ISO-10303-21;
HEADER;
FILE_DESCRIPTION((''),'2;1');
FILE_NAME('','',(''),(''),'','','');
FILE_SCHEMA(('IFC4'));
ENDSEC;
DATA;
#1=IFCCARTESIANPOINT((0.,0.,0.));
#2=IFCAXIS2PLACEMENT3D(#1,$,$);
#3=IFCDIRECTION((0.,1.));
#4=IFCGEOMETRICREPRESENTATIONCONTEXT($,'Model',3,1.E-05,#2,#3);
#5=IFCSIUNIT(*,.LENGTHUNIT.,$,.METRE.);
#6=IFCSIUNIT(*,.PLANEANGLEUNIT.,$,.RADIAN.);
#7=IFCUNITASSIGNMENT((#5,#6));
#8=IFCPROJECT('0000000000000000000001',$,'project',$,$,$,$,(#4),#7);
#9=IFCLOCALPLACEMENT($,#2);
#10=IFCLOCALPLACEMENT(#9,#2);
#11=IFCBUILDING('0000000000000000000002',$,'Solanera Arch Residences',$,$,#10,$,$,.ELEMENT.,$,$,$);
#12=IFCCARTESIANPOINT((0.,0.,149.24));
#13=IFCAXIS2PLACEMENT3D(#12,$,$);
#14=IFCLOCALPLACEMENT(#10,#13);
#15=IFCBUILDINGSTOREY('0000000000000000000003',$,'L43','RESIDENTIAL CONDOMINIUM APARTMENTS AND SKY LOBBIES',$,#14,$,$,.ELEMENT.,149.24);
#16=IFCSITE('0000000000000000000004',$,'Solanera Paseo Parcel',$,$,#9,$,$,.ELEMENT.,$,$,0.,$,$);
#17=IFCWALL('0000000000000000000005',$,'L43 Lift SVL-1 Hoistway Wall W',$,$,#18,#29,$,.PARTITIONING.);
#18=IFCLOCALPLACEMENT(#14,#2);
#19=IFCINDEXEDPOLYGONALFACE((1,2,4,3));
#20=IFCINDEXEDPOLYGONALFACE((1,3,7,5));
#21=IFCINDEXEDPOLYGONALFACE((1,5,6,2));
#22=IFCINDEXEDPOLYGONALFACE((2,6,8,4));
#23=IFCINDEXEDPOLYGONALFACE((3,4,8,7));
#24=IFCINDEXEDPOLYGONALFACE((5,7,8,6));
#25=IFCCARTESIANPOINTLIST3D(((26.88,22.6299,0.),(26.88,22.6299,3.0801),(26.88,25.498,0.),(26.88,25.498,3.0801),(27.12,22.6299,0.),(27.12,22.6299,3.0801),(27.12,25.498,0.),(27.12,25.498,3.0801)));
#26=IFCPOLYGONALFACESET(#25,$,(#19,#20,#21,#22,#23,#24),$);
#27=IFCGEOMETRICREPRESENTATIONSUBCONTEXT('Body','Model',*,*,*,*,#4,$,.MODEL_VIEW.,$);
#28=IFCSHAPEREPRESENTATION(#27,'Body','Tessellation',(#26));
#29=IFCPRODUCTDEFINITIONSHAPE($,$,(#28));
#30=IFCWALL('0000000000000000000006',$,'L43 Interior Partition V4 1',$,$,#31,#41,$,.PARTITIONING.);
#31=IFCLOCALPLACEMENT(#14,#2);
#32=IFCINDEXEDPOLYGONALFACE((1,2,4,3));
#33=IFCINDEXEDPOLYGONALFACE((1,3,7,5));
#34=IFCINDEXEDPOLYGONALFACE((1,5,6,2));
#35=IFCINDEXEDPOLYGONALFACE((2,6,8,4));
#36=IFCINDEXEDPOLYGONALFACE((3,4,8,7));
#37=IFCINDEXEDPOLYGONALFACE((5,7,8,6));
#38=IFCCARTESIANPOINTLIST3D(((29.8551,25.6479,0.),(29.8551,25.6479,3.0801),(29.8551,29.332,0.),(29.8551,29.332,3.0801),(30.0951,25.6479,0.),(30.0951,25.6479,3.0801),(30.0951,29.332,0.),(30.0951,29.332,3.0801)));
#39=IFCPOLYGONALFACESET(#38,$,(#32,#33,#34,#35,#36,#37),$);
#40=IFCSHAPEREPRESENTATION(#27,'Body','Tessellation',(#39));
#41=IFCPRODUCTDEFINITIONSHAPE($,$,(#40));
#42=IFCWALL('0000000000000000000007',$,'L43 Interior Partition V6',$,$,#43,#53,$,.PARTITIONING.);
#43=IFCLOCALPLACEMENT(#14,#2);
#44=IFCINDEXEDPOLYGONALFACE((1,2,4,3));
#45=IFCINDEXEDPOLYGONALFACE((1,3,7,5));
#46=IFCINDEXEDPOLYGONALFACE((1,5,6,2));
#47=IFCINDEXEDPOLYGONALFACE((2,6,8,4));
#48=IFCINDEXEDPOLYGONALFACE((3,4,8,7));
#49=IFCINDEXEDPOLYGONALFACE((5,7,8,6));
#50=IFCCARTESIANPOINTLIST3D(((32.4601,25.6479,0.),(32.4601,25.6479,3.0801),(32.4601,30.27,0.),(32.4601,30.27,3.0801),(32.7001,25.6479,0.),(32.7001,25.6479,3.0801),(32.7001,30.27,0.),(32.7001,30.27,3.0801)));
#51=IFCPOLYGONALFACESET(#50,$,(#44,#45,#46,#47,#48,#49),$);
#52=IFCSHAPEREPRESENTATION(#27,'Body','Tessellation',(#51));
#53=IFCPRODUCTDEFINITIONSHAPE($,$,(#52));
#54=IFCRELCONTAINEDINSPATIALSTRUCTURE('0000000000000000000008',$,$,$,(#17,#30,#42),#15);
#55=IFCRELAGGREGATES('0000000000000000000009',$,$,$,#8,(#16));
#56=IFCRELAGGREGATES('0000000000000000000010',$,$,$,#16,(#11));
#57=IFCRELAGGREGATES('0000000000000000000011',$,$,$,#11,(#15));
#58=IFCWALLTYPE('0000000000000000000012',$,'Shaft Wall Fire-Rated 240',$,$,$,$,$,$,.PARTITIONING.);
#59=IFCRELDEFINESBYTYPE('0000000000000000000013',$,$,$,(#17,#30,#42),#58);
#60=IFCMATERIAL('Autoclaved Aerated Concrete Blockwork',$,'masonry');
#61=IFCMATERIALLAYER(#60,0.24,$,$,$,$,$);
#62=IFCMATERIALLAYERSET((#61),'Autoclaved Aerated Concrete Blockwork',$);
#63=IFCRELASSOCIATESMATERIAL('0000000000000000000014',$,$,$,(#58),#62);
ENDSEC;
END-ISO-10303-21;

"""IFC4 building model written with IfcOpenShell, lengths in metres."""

from ifc_helpers import new_model, si_unit, direction, frame, frame_2d, origin, place, context, subcontext, project, spatial, rectangle, extrude, material, layer, layer_set, type_object, element, save


model = new_model("IFC4")

# Units and contexts
model_context = context("Model", 3, precision=1e-05, world=origin(), true_north=direction((0.0, 1.0)))
body_context = subcontext(model_context, "Body", "Model", "MODEL_VIEW")
ifc_project = project(units=[si_unit("LENGTHUNIT", "METRE"), si_unit("PLANEANGLEUNIT", "RADIAN")], contexts=[model_context])

# Site, building, storey
site_placement = place(None, origin())
site = spatial("IfcSite", under=ifc_project, at=site_placement, Name="Solanera Paseo Parcel", CompositionType="ELEMENT", RefElevation=0.0)
building_placement = place(site_placement, origin())
building = spatial("IfcBuilding", under=site, at=building_placement, Name="Solanera Arch Residences", CompositionType="ELEMENT")
storey_placement = place(building_placement, frame((0.0, 0.0, 149.24)))
storey = spatial("IfcBuildingStorey", under=building, at=storey_placement, Name="L43", Description="RESIDENTIAL CONDOMINIUM APARTMENTS AND SKY LOBBIES", CompositionType="ELEMENT", Elevation=149.24)

# Walls
ifc_material_1 = material(Name="Autoclaved Aerated Concrete Blockwork", Category="masonry")
ifc_layer_1 = layer(ifc_material_1, 0.24)
ifc_layer_set_1 = layer_set([ifc_layer_1], Name="Autoclaved Aerated Concrete Blockwork")
wall_type_1 = type_object("IfcWallType", Name="Shaft Wall Fire-Rated 240", PredefinedType="PARTITIONING", material=ifc_layer_set_1)
wall_1_placement = place(storey_placement, frame((27.0, 22.6299, 0.0), z_axis=(0.0, 0.0, 1.0), x_axis=(0.0, 1.0, 0.0)))
element("IfcWall", 1, at=wall_1_placement, inside=storey, type_object=wall_type_1, Name="L43 Lift SVL-1 Hoistway Wall W", PredefinedType="PARTITIONING", context=body_context, shape_type="SweptSolid", body=[
    extrude(rectangle(XDim=2.8682, YDim=0.24, at=frame_2d((1.4341, 0.0))), origin(), (0.0, 0.0, 1.0), 3.0801),
])
wall_2_placement = place(storey_placement, frame((29.9751, 25.6479, 0.0), z_axis=(0.0, 0.0, 1.0), x_axis=(0.0, 1.0, 0.0)))
element("IfcWall", 2, at=wall_2_placement, inside=storey, type_object=wall_type_1, Name="L43 Interior Partition V4 1", PredefinedType="PARTITIONING", context=body_context, shape_type="SweptSolid", body=[
    extrude(rectangle(XDim=3.6841, YDim=0.24, at=frame_2d((1.842, 0.0))), origin(), (0.0, 0.0, 1.0), 3.0801),
])

# Wall
wall_3_placement = place(storey_placement, frame((32.5801, 25.6479, 0.0), z_axis=(0.0, 0.0, 1.0), x_axis=(0.0, 1.0, 0.0)))
element("IfcWall", 3, at=wall_3_placement, inside=storey, type_object=wall_type_1, Name="L43 Interior Partition V6", PredefinedType="PARTITIONING", context=body_context, shape_type="SweptSolid", body=[
    extrude(rectangle(XDim=4.6221, YDim=0.24, at=frame_2d((2.311, 0.0))), origin(), (0.0, 0.0, 1.0), 3.0801),
])

save(model, "model.ifc")
